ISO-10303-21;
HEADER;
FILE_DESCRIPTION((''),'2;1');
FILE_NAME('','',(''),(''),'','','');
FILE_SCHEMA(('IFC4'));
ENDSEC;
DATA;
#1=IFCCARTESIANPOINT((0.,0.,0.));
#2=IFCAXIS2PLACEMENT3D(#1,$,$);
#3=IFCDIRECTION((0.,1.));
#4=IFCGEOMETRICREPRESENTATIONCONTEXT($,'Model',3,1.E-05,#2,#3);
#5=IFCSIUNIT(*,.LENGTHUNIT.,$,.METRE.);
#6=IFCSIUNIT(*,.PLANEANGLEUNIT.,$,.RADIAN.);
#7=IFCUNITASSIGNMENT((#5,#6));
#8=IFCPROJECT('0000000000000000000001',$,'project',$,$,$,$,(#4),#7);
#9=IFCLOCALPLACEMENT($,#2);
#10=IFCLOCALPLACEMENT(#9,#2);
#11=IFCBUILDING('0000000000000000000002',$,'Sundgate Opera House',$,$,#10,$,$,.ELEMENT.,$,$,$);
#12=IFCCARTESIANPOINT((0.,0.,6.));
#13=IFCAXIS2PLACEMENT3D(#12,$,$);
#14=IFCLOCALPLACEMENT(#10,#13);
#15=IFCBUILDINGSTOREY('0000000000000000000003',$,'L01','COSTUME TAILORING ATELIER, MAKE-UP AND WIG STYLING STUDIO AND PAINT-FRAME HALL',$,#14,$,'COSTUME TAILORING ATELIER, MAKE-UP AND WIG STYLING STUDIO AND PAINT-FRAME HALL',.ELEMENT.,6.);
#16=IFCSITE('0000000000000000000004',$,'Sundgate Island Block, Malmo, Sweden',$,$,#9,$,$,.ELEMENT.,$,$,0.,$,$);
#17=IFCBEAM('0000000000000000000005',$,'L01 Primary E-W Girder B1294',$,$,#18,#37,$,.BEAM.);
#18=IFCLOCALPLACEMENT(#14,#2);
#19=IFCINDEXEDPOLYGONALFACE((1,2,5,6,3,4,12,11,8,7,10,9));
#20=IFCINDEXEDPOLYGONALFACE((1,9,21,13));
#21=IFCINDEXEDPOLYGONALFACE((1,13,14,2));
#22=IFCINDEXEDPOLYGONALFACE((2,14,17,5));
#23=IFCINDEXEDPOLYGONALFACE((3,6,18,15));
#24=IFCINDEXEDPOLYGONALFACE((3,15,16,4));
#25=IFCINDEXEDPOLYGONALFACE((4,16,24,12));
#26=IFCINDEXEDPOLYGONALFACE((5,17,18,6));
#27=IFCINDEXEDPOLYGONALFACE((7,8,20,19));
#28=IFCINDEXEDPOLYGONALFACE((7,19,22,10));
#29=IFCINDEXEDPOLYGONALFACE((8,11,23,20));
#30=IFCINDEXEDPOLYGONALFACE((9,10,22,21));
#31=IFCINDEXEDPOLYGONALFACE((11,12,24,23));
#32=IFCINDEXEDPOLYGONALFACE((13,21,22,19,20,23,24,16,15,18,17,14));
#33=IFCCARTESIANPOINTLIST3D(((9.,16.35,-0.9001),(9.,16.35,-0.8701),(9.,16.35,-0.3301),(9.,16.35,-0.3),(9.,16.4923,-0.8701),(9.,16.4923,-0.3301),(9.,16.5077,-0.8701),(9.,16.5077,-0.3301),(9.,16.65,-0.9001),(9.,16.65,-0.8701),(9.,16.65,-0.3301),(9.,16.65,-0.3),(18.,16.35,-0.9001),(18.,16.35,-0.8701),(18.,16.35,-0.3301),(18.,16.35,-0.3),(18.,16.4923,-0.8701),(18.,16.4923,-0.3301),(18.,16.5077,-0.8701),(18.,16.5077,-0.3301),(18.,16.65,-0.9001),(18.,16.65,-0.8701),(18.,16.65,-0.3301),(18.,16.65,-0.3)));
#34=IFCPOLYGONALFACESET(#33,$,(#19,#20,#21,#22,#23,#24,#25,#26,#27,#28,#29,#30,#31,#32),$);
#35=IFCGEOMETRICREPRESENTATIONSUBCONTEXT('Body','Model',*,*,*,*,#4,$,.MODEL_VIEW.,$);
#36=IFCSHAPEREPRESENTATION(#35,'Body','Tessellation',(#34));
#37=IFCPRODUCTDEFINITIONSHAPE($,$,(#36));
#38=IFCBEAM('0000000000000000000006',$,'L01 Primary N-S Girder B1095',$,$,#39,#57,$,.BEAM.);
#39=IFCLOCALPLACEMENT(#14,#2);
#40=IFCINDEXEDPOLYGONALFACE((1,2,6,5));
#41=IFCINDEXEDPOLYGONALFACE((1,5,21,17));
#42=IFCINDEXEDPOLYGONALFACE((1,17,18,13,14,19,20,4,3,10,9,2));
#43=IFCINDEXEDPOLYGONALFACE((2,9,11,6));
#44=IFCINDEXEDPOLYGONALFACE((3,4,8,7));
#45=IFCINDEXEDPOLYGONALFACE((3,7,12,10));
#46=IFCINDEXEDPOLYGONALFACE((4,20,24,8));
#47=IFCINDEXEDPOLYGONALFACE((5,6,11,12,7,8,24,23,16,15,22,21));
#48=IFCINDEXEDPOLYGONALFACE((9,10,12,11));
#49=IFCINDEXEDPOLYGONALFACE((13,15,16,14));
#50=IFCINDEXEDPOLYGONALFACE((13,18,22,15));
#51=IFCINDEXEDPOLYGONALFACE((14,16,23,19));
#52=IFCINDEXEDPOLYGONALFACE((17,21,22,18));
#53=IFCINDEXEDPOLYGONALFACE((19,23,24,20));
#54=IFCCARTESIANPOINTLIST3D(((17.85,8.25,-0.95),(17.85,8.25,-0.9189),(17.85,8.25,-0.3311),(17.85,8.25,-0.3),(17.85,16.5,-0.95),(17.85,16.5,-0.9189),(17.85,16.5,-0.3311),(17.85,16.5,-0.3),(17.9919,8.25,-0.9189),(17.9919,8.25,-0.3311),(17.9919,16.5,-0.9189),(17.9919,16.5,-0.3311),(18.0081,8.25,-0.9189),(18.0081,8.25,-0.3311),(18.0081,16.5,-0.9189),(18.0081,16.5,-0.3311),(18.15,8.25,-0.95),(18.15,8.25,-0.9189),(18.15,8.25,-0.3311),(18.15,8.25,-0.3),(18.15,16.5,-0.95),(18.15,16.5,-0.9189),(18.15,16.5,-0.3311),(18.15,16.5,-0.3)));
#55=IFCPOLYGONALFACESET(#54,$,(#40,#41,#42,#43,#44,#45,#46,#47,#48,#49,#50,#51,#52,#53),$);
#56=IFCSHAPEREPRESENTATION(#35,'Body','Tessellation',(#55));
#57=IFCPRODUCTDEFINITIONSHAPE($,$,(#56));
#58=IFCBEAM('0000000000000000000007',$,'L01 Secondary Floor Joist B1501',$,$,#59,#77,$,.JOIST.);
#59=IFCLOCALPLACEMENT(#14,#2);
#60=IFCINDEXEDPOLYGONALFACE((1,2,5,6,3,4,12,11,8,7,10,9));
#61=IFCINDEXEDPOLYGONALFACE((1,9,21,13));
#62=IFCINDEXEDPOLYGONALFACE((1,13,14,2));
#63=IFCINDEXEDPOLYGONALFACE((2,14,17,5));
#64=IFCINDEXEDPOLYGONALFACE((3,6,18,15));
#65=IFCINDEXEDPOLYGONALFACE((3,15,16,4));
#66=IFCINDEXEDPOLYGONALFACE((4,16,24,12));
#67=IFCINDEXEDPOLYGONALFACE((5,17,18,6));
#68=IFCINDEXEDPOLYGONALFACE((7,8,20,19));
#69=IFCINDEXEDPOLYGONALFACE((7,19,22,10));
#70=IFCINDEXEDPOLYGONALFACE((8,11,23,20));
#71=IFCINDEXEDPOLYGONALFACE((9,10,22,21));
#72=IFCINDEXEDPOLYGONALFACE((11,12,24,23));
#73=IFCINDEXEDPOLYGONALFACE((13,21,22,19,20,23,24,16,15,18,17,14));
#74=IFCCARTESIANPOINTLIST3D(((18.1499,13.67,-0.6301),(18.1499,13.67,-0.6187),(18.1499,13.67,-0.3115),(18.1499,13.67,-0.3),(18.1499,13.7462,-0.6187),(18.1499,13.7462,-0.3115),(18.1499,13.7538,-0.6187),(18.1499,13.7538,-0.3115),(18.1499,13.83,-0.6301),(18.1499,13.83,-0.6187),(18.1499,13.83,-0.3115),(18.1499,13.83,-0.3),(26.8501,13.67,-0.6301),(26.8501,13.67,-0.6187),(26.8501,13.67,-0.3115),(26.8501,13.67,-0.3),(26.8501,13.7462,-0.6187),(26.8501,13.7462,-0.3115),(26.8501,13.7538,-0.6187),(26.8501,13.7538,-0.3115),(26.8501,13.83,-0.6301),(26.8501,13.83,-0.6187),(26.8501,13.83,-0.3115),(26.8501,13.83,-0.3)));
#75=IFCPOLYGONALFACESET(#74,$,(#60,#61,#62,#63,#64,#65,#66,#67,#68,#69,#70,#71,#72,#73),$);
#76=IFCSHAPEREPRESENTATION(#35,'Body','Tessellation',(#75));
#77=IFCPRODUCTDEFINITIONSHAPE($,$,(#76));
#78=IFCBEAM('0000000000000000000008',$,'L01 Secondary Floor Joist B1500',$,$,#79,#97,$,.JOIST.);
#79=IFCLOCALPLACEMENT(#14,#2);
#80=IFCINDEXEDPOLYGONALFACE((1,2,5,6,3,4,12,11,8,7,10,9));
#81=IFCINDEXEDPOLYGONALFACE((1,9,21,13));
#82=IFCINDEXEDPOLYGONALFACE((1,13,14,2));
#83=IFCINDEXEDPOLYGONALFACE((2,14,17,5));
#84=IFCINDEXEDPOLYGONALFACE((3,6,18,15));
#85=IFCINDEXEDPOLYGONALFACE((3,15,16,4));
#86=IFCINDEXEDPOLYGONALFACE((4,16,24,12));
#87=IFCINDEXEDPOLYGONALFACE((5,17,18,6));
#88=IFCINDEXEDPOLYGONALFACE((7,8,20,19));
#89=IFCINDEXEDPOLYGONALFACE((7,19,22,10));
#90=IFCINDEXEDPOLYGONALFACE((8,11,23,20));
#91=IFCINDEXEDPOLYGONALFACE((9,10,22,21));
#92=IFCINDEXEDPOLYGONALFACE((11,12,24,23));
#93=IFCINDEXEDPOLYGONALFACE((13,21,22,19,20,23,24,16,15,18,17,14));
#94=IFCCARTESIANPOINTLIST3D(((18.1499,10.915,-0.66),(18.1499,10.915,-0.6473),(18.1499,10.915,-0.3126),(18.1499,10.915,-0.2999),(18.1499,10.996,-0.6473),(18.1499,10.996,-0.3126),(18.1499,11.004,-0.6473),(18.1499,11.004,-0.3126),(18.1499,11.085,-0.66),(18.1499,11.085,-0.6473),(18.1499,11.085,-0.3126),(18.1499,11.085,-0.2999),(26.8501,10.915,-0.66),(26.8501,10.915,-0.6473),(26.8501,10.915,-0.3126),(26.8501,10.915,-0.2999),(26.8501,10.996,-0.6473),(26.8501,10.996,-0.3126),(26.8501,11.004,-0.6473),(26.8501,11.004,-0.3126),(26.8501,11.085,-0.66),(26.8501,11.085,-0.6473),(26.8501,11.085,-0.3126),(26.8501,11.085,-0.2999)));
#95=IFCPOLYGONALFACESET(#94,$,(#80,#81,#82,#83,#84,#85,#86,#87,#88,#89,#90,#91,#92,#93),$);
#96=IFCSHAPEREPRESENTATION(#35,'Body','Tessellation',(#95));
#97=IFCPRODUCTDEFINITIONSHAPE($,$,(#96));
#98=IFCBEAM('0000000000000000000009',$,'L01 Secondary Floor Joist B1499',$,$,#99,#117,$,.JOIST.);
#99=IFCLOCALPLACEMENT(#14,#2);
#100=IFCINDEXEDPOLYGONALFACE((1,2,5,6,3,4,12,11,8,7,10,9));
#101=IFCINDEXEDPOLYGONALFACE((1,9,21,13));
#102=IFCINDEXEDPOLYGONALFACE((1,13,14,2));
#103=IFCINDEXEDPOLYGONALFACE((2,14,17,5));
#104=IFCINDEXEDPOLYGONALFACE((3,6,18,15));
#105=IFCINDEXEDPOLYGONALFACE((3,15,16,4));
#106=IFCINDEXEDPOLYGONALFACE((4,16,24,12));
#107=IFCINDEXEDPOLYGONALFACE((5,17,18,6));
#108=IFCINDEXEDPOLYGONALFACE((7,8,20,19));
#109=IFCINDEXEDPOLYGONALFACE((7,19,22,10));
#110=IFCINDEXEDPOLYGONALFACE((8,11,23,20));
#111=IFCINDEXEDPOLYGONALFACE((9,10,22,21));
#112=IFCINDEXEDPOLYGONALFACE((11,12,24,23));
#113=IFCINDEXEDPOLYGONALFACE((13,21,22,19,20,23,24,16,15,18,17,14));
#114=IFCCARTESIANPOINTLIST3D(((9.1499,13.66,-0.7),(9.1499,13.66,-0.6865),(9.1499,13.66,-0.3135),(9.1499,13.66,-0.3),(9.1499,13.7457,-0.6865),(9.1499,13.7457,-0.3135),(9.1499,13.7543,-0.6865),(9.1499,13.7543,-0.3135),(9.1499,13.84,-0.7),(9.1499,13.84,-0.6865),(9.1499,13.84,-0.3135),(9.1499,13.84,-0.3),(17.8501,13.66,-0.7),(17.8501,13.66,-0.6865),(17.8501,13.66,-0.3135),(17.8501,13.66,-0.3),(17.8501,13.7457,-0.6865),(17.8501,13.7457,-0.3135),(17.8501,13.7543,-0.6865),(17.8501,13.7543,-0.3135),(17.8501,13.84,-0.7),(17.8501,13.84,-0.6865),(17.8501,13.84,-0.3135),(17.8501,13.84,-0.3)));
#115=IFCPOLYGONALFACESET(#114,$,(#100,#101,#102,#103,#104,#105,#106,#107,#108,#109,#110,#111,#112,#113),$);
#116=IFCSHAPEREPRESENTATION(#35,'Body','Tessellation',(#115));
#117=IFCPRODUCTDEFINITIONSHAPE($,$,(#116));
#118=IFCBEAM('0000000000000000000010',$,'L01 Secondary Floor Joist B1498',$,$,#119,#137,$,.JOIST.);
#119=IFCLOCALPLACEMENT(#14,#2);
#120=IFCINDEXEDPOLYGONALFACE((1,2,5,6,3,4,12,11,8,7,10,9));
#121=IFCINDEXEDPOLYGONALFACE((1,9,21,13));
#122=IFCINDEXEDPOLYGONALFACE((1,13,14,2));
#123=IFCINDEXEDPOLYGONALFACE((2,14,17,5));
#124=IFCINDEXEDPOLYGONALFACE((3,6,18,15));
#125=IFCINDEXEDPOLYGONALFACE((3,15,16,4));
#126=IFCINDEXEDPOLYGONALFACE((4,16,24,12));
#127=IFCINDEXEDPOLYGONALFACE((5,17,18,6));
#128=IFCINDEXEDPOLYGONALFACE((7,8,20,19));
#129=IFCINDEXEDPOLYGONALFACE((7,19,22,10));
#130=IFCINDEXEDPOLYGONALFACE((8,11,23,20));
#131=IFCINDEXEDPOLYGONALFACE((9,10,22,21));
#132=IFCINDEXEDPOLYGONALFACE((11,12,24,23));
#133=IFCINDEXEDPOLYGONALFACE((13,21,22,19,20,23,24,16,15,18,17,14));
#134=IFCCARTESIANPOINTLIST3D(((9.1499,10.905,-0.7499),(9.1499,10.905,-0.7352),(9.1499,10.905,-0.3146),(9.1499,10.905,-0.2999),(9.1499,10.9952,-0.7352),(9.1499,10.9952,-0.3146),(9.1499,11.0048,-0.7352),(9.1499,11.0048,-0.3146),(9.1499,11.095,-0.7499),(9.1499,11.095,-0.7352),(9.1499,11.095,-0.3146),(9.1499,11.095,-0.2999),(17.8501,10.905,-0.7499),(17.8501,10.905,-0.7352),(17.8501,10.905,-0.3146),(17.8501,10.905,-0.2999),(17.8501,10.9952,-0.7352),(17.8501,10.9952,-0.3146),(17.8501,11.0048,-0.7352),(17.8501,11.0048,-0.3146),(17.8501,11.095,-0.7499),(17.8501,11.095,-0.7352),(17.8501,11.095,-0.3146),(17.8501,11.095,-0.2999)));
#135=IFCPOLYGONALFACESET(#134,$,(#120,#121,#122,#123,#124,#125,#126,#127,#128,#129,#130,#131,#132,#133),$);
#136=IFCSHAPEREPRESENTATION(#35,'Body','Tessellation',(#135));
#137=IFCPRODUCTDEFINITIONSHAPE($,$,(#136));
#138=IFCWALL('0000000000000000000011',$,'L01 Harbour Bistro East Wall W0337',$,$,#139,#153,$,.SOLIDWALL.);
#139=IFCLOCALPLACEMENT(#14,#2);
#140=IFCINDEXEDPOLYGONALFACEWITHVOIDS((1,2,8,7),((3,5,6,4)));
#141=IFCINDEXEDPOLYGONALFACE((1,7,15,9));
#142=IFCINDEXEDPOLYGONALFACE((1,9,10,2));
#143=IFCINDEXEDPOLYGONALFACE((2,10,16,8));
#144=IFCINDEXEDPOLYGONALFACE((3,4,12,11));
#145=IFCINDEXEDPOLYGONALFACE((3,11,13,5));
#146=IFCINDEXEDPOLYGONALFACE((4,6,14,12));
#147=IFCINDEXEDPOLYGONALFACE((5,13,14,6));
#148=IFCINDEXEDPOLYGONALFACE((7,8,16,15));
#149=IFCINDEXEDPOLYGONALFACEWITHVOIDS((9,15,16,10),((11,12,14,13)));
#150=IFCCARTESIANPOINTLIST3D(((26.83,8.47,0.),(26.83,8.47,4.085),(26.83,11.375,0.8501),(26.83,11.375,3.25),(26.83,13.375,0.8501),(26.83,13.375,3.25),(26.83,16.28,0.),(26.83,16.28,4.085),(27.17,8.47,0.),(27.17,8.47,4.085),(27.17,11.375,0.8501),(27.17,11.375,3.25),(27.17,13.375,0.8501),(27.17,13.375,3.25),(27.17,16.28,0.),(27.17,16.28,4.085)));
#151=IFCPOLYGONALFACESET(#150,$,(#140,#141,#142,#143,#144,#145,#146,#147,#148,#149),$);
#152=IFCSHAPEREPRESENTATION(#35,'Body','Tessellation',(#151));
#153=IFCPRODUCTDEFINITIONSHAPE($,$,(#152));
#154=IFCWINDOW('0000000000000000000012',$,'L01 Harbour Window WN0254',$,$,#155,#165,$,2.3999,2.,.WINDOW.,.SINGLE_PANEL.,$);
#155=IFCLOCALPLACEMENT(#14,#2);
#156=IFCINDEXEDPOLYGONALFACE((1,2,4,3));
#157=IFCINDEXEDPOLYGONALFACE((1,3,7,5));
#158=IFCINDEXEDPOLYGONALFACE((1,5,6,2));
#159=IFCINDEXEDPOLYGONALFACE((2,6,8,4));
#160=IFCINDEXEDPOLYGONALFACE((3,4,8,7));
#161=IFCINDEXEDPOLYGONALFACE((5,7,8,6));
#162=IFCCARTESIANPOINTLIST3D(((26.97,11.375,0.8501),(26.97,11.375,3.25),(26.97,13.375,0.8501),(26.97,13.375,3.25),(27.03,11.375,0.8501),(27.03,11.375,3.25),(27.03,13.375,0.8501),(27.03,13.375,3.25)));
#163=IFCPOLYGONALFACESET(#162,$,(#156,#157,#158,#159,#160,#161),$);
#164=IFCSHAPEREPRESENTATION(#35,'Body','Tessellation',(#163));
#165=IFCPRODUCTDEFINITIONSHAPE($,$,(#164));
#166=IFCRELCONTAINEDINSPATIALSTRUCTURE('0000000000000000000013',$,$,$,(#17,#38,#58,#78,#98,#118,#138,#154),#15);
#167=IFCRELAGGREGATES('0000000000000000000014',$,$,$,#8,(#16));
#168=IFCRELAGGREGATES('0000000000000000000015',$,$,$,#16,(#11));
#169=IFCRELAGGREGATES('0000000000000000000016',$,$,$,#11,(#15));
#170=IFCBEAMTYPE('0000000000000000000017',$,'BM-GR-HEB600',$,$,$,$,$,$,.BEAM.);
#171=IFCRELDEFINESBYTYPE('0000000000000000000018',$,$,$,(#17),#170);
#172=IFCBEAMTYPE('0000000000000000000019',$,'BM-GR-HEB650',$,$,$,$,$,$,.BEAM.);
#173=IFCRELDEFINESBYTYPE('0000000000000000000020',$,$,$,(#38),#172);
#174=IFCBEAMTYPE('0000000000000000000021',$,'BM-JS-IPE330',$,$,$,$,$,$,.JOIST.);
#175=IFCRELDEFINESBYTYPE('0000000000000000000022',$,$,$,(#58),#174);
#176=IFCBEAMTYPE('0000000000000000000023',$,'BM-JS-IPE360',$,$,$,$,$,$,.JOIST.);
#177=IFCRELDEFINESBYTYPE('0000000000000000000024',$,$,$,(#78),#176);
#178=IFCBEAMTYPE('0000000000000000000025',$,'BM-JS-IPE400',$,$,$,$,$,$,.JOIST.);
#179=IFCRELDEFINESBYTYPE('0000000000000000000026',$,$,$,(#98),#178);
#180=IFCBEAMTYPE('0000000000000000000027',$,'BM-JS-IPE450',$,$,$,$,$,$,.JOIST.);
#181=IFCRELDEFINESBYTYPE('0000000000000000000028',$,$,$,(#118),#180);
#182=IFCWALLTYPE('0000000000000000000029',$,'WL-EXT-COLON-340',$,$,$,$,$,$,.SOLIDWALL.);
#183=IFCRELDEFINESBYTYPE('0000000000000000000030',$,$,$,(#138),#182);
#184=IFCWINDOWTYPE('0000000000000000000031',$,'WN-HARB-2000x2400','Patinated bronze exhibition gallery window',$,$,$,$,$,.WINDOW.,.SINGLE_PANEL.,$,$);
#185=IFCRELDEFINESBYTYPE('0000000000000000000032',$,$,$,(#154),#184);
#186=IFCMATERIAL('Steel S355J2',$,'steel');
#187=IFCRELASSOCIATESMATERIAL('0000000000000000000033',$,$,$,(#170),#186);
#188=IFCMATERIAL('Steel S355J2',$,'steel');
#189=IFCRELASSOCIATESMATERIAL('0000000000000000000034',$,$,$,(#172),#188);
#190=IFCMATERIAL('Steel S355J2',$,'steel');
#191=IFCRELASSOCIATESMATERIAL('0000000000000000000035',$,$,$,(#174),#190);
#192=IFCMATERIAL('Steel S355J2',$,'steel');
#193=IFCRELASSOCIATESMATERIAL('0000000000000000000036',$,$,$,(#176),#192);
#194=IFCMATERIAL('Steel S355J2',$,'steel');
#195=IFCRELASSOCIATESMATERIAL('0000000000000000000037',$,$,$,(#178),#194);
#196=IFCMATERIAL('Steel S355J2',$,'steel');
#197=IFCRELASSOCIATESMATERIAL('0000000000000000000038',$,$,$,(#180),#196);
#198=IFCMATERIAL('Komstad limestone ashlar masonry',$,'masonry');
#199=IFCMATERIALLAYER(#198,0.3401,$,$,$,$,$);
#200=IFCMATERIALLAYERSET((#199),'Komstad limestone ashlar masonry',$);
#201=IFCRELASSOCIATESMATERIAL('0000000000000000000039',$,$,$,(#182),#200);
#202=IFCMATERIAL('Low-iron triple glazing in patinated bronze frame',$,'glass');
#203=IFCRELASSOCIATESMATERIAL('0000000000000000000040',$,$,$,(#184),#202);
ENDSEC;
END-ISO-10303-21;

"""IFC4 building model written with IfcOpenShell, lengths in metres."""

from ifc_helpers import new_model, si_unit, direction, frame, frame_2d, origin, origin_2d, place, context, subcontext, project, spatial, rectangle, i_section, extrude, material, layer, layer_set, material_profile, profile_set, type_object, element, fill, save


model = new_model("IFC4")

# Units and contexts
model_context = context("Model", 3, precision=1e-05, world=origin(), true_north=direction((0.0, 1.0)))
body_context = subcontext(model_context, "Body", "Model", "MODEL_VIEW")
ifc_project = project(units=[si_unit("LENGTHUNIT", "METRE"), si_unit("PLANEANGLEUNIT", "RADIAN")], contexts=[model_context])

# Site, building, storey
site_placement = place(None, origin())
site = spatial("IfcSite", under=ifc_project, at=site_placement, Name="Sundgate Island Block, Malmo, Sweden", CompositionType="ELEMENT", RefElevation=0.0)
building_placement = place(site_placement, origin())
building = spatial("IfcBuilding", under=site, at=building_placement, Name="Sundgate Opera House", CompositionType="ELEMENT")
storey_placement = place(building_placement, frame((0.0, 0.0, 6.0)))
storey = spatial("IfcBuildingStorey", under=building, at=storey_placement, Name="L01", Description="COSTUME TAILORING ATELIER, MAKE-UP AND WIG STYLING STUDIO AND PAINT-FRAME HALL", LongName="COSTUME TAILORING ATELIER, MAKE-UP AND WIG STYLING STUDIO AND PAINT-FRAME HALL", CompositionType="ELEMENT", Elevation=6.0)

# Beams
ifc_material_1 = material(Name="Steel S355J2", Category="steel")
ifc_material_profile_1 = material_profile(ifc_material_1, i_section(OverallWidth=0.3, OverallDepth=0.6001, WebThickness=0.0154, FlangeThickness=0.03, at=origin_2d()), Name="HEB 600")
ifc_profile_set_1 = profile_set([ifc_material_profile_1], Name="Steel S355J2")
beam_type_1 = type_object("IfcBeamType", Name="BM-GR-HEB600", PredefinedType="BEAM", material=ifc_profile_set_1)
beam_1_placement = place(storey_placement, frame((9.0, 16.5, -0.6001), z_axis=(1.0, 0.0, 0.0), x_axis=(0.0, 1.0, 0.0)))
element("IfcBeam", 1, at=beam_1_placement, inside=storey, type_object=beam_type_1, Name="L01 Primary E-W Girder B1294", PredefinedType="BEAM", context=body_context, shape_type="SweptSolid", body=[
    extrude(i_section(OverallWidth=0.3, OverallDepth=0.6001, WebThickness=0.0154, FlangeThickness=0.03, at=origin_2d()), origin(), (0.0, 0.0, 1.0), 9.0),
])
ifc_material_2 = material(Name="Steel S355J2", Category="steel")
ifc_material_profile_2 = material_profile(ifc_material_2, i_section(OverallWidth=0.3, OverallDepth=0.6499, WebThickness=0.0161, FlangeThickness=0.031, at=origin_2d()), Name="HEB 650")
ifc_profile_set_2 = profile_set([ifc_material_profile_2], Name="Steel S355J2")
beam_type_2 = type_object("IfcBeamType", Name="BM-GR-HEB650", PredefinedType="BEAM", material=ifc_profile_set_2)
beam_2_placement = place(storey_placement, frame((18.0, 8.25, -0.625), z_axis=(0.0, 1.0, 0.0), x_axis=(-1.0, 0.0, 0.0)))
element("IfcBeam", 2, at=beam_2_placement, inside=storey, type_object=beam_type_2, Name="L01 Primary N-S Girder B1095", PredefinedType="BEAM", context=body_context, shape_type="SweptSolid", body=[
    extrude(i_section(OverallWidth=0.3, OverallDepth=0.6499, WebThickness=0.0161, FlangeThickness=0.031, at=origin_2d()), origin(), (0.0, 0.0, 1.0), 8.25),
])
ifc_material_3 = material(Name="Steel S355J2", Category="steel")
ifc_material_profile_3 = material_profile(ifc_material_3, i_section(OverallWidth=0.1599, OverallDepth=0.3301, WebThickness=0.0076, FlangeThickness=0.0115, at=origin_2d()), Name="IPE 330")
ifc_profile_set_3 = profile_set([ifc_material_profile_3], Name="Steel S355J2")
beam_type_3 = type_object("IfcBeamType", Name="BM-JS-IPE330", PredefinedType="JOIST", material=ifc_profile_set_3)
beam_3_placement = place(storey_placement, frame((18.1499, 13.75, -0.4651), z_axis=(1.0, 0.0, 0.0), x_axis=(0.0, 1.0, 0.0)))
element("IfcBeam", 3, at=beam_3_placement, inside=storey, type_object=beam_type_3, Name="L01 Secondary Floor Joist B1501", PredefinedType="JOIST", context=body_context, shape_type="SweptSolid", body=[
    extrude(i_section(OverallWidth=0.1599, OverallDepth=0.3301, WebThickness=0.0076, FlangeThickness=0.0115, at=origin_2d()), origin(), (0.0, 0.0, 1.0), 8.7002),
])
ifc_material_4 = material(Name="Steel S355J2", Category="steel")
ifc_material_profile_4 = material_profile(ifc_material_4, i_section(OverallWidth=0.1699, OverallDepth=0.3601, WebThickness=0.0081, FlangeThickness=0.0127, at=origin_2d()), Name="IPE 360")
ifc_profile_set_4 = profile_set([ifc_material_profile_4], Name="Steel S355J2")
beam_type_4 = type_object("IfcBeamType", Name="BM-JS-IPE360", PredefinedType="JOIST", material=ifc_profile_set_4)
beam_4_placement = place(storey_placement, frame((18.1499, 11.0, -0.48), z_axis=(1.0, 0.0, 0.0), x_axis=(0.0, 1.0, 0.0)))
element("IfcBeam", 4, at=beam_4_placement, inside=storey, type_object=beam_type_4, Name="L01 Secondary Floor Joist B1500", PredefinedType="JOIST", context=body_context, shape_type="SweptSolid", body=[
    extrude(i_section(OverallWidth=0.1699, OverallDepth=0.3601, WebThickness=0.0081, FlangeThickness=0.0127, at=origin_2d()), origin(), (0.0, 0.0, 1.0), 8.7002),
])
ifc_material_5 = material(Name="Steel S355J2", Category="steel")
ifc_material_profile_5 = material_profile(ifc_material_5, i_section(OverallWidth=0.1799, OverallDepth=0.3999, WebThickness=0.0085, FlangeThickness=0.0134, at=origin_2d()), Name="IPE 400")
ifc_profile_set_5 = profile_set([ifc_material_profile_5], Name="Steel S355J2")
beam_type_5 = type_object("IfcBeamType", Name="BM-JS-IPE400", PredefinedType="JOIST", material=ifc_profile_set_5)
beam_5_placement = place(storey_placement, frame((9.1499, 13.75, -0.5), z_axis=(1.0, 0.0, 0.0), x_axis=(0.0, 1.0, 0.0)))
element("IfcBeam", 5, at=beam_5_placement, inside=storey, type_object=beam_type_5, Name="L01 Secondary Floor Joist B1499", PredefinedType="JOIST", context=body_context, shape_type="SweptSolid", body=[
    extrude(i_section(OverallWidth=0.1799, OverallDepth=0.3999, WebThickness=0.0085, FlangeThickness=0.0134, at=origin_2d()), origin(), (0.0, 0.0, 1.0), 8.7002),
])
ifc_material_6 = material(Name="Steel S355J2", Category="steel")
ifc_material_profile_6 = material_profile(ifc_material_6, i_section(OverallWidth=0.1899, OverallDepth=0.45, WebThickness=0.0095, FlangeThickness=0.0146, at=origin_2d()), Name="IPE 450")
ifc_profile_set_6 = profile_set([ifc_material_profile_6], Name="Steel S355J2")
beam_type_6 = type_object("IfcBeamType", Name="BM-JS-IPE450", PredefinedType="JOIST", material=ifc_profile_set_6)
beam_6_placement = place(storey_placement, frame((9.1499, 11.0, -0.5249), z_axis=(1.0, 0.0, 0.0), x_axis=(0.0, 1.0, 0.0)))
element("IfcBeam", 6, at=beam_6_placement, inside=storey, type_object=beam_type_6, Name="L01 Secondary Floor Joist B1498", PredefinedType="JOIST", context=body_context, shape_type="SweptSolid", body=[
    extrude(i_section(OverallWidth=0.1899, OverallDepth=0.45, WebThickness=0.0095, FlangeThickness=0.0146, at=origin_2d()), origin(), (0.0, 0.0, 1.0), 8.7002),
])

# Wall, opening, window
ifc_material_7 = material(Name="Komstad limestone ashlar masonry", Category="masonry")
ifc_layer = layer(ifc_material_7, 0.3401)
ifc_layer_set = layer_set([ifc_layer], Name="Komstad limestone ashlar masonry")
wall_type = type_object("IfcWallType", Name="WL-EXT-COLON-340", PredefinedType="SOLIDWALL", material=ifc_layer_set)
wall_1_placement = place(storey_placement, frame((27.0, 8.47, 0.0), z_axis=(0.0, 0.0, 1.0), x_axis=(0.0, 1.0, 0.0)))
wall_1 = element("IfcWall", 7, at=wall_1_placement, inside=storey, type_object=wall_type, Name="L01 Harbour Bistro East Wall W0337", PredefinedType="SOLIDWALL", context=body_context, shape_type="SweptSolid", body=[
    extrude(rectangle(XDim=7.8101, YDim=0.3401, at=frame_2d((3.905, 0.0))), origin(), (0.0, 0.0, 1.0), 4.085),
])
opening_1_placement = place(wall_1_placement, frame((2.905, 0.0, 0.8501)))
opening_1 = element("IfcOpeningElement", 8, at=opening_1_placement, cuts=wall_1, PredefinedType="OPENING", context=body_context, shape_type="SweptSolid", body=[
    extrude(rectangle(XDim=2.0, YDim=2.3999, at=frame_2d((1.0, 1.2))), frame((0.0, 0.1799, 0.0), z_axis=(0.0, -1.0, 0.0), x_axis=(1.0, 0.0, 0.0)), (0.0, 0.0, 1.0), 0.3601),
])
ifc_material_8 = material(Name="Low-iron triple glazing in patinated bronze frame", Category="glass")
window_type_1 = type_object("IfcWindowType", Name="WN-HARB-2000x2400", Description="Patinated bronze exhibition gallery window", PartitioningType="SINGLE_PANEL", PredefinedType="WINDOW", material=ifc_material_8)
window_1_placement = place(opening_1_placement, origin())
window_1 = element("IfcWindow", 9, at=window_1_placement, inside=storey, type_object=window_type_1, Name="L01 Harbour Window WN0254", OverallHeight=2.3999, OverallWidth=2.0, PartitioningType="SINGLE_PANEL", PredefinedType="WINDOW", context=body_context, shape_type="SweptSolid", body=[
    extrude(rectangle(XDim=2.0, YDim=2.3999, at=frame_2d((1.0, 1.2))), frame((0.0, 0.03, 0.0), z_axis=(0.0, -1.0, 0.0), x_axis=(1.0, 0.0, 0.0)), (0.0, 0.0, 1.0), 0.0601),
])
fill(opening_1, window_1)

save(model, "model.ifc")
